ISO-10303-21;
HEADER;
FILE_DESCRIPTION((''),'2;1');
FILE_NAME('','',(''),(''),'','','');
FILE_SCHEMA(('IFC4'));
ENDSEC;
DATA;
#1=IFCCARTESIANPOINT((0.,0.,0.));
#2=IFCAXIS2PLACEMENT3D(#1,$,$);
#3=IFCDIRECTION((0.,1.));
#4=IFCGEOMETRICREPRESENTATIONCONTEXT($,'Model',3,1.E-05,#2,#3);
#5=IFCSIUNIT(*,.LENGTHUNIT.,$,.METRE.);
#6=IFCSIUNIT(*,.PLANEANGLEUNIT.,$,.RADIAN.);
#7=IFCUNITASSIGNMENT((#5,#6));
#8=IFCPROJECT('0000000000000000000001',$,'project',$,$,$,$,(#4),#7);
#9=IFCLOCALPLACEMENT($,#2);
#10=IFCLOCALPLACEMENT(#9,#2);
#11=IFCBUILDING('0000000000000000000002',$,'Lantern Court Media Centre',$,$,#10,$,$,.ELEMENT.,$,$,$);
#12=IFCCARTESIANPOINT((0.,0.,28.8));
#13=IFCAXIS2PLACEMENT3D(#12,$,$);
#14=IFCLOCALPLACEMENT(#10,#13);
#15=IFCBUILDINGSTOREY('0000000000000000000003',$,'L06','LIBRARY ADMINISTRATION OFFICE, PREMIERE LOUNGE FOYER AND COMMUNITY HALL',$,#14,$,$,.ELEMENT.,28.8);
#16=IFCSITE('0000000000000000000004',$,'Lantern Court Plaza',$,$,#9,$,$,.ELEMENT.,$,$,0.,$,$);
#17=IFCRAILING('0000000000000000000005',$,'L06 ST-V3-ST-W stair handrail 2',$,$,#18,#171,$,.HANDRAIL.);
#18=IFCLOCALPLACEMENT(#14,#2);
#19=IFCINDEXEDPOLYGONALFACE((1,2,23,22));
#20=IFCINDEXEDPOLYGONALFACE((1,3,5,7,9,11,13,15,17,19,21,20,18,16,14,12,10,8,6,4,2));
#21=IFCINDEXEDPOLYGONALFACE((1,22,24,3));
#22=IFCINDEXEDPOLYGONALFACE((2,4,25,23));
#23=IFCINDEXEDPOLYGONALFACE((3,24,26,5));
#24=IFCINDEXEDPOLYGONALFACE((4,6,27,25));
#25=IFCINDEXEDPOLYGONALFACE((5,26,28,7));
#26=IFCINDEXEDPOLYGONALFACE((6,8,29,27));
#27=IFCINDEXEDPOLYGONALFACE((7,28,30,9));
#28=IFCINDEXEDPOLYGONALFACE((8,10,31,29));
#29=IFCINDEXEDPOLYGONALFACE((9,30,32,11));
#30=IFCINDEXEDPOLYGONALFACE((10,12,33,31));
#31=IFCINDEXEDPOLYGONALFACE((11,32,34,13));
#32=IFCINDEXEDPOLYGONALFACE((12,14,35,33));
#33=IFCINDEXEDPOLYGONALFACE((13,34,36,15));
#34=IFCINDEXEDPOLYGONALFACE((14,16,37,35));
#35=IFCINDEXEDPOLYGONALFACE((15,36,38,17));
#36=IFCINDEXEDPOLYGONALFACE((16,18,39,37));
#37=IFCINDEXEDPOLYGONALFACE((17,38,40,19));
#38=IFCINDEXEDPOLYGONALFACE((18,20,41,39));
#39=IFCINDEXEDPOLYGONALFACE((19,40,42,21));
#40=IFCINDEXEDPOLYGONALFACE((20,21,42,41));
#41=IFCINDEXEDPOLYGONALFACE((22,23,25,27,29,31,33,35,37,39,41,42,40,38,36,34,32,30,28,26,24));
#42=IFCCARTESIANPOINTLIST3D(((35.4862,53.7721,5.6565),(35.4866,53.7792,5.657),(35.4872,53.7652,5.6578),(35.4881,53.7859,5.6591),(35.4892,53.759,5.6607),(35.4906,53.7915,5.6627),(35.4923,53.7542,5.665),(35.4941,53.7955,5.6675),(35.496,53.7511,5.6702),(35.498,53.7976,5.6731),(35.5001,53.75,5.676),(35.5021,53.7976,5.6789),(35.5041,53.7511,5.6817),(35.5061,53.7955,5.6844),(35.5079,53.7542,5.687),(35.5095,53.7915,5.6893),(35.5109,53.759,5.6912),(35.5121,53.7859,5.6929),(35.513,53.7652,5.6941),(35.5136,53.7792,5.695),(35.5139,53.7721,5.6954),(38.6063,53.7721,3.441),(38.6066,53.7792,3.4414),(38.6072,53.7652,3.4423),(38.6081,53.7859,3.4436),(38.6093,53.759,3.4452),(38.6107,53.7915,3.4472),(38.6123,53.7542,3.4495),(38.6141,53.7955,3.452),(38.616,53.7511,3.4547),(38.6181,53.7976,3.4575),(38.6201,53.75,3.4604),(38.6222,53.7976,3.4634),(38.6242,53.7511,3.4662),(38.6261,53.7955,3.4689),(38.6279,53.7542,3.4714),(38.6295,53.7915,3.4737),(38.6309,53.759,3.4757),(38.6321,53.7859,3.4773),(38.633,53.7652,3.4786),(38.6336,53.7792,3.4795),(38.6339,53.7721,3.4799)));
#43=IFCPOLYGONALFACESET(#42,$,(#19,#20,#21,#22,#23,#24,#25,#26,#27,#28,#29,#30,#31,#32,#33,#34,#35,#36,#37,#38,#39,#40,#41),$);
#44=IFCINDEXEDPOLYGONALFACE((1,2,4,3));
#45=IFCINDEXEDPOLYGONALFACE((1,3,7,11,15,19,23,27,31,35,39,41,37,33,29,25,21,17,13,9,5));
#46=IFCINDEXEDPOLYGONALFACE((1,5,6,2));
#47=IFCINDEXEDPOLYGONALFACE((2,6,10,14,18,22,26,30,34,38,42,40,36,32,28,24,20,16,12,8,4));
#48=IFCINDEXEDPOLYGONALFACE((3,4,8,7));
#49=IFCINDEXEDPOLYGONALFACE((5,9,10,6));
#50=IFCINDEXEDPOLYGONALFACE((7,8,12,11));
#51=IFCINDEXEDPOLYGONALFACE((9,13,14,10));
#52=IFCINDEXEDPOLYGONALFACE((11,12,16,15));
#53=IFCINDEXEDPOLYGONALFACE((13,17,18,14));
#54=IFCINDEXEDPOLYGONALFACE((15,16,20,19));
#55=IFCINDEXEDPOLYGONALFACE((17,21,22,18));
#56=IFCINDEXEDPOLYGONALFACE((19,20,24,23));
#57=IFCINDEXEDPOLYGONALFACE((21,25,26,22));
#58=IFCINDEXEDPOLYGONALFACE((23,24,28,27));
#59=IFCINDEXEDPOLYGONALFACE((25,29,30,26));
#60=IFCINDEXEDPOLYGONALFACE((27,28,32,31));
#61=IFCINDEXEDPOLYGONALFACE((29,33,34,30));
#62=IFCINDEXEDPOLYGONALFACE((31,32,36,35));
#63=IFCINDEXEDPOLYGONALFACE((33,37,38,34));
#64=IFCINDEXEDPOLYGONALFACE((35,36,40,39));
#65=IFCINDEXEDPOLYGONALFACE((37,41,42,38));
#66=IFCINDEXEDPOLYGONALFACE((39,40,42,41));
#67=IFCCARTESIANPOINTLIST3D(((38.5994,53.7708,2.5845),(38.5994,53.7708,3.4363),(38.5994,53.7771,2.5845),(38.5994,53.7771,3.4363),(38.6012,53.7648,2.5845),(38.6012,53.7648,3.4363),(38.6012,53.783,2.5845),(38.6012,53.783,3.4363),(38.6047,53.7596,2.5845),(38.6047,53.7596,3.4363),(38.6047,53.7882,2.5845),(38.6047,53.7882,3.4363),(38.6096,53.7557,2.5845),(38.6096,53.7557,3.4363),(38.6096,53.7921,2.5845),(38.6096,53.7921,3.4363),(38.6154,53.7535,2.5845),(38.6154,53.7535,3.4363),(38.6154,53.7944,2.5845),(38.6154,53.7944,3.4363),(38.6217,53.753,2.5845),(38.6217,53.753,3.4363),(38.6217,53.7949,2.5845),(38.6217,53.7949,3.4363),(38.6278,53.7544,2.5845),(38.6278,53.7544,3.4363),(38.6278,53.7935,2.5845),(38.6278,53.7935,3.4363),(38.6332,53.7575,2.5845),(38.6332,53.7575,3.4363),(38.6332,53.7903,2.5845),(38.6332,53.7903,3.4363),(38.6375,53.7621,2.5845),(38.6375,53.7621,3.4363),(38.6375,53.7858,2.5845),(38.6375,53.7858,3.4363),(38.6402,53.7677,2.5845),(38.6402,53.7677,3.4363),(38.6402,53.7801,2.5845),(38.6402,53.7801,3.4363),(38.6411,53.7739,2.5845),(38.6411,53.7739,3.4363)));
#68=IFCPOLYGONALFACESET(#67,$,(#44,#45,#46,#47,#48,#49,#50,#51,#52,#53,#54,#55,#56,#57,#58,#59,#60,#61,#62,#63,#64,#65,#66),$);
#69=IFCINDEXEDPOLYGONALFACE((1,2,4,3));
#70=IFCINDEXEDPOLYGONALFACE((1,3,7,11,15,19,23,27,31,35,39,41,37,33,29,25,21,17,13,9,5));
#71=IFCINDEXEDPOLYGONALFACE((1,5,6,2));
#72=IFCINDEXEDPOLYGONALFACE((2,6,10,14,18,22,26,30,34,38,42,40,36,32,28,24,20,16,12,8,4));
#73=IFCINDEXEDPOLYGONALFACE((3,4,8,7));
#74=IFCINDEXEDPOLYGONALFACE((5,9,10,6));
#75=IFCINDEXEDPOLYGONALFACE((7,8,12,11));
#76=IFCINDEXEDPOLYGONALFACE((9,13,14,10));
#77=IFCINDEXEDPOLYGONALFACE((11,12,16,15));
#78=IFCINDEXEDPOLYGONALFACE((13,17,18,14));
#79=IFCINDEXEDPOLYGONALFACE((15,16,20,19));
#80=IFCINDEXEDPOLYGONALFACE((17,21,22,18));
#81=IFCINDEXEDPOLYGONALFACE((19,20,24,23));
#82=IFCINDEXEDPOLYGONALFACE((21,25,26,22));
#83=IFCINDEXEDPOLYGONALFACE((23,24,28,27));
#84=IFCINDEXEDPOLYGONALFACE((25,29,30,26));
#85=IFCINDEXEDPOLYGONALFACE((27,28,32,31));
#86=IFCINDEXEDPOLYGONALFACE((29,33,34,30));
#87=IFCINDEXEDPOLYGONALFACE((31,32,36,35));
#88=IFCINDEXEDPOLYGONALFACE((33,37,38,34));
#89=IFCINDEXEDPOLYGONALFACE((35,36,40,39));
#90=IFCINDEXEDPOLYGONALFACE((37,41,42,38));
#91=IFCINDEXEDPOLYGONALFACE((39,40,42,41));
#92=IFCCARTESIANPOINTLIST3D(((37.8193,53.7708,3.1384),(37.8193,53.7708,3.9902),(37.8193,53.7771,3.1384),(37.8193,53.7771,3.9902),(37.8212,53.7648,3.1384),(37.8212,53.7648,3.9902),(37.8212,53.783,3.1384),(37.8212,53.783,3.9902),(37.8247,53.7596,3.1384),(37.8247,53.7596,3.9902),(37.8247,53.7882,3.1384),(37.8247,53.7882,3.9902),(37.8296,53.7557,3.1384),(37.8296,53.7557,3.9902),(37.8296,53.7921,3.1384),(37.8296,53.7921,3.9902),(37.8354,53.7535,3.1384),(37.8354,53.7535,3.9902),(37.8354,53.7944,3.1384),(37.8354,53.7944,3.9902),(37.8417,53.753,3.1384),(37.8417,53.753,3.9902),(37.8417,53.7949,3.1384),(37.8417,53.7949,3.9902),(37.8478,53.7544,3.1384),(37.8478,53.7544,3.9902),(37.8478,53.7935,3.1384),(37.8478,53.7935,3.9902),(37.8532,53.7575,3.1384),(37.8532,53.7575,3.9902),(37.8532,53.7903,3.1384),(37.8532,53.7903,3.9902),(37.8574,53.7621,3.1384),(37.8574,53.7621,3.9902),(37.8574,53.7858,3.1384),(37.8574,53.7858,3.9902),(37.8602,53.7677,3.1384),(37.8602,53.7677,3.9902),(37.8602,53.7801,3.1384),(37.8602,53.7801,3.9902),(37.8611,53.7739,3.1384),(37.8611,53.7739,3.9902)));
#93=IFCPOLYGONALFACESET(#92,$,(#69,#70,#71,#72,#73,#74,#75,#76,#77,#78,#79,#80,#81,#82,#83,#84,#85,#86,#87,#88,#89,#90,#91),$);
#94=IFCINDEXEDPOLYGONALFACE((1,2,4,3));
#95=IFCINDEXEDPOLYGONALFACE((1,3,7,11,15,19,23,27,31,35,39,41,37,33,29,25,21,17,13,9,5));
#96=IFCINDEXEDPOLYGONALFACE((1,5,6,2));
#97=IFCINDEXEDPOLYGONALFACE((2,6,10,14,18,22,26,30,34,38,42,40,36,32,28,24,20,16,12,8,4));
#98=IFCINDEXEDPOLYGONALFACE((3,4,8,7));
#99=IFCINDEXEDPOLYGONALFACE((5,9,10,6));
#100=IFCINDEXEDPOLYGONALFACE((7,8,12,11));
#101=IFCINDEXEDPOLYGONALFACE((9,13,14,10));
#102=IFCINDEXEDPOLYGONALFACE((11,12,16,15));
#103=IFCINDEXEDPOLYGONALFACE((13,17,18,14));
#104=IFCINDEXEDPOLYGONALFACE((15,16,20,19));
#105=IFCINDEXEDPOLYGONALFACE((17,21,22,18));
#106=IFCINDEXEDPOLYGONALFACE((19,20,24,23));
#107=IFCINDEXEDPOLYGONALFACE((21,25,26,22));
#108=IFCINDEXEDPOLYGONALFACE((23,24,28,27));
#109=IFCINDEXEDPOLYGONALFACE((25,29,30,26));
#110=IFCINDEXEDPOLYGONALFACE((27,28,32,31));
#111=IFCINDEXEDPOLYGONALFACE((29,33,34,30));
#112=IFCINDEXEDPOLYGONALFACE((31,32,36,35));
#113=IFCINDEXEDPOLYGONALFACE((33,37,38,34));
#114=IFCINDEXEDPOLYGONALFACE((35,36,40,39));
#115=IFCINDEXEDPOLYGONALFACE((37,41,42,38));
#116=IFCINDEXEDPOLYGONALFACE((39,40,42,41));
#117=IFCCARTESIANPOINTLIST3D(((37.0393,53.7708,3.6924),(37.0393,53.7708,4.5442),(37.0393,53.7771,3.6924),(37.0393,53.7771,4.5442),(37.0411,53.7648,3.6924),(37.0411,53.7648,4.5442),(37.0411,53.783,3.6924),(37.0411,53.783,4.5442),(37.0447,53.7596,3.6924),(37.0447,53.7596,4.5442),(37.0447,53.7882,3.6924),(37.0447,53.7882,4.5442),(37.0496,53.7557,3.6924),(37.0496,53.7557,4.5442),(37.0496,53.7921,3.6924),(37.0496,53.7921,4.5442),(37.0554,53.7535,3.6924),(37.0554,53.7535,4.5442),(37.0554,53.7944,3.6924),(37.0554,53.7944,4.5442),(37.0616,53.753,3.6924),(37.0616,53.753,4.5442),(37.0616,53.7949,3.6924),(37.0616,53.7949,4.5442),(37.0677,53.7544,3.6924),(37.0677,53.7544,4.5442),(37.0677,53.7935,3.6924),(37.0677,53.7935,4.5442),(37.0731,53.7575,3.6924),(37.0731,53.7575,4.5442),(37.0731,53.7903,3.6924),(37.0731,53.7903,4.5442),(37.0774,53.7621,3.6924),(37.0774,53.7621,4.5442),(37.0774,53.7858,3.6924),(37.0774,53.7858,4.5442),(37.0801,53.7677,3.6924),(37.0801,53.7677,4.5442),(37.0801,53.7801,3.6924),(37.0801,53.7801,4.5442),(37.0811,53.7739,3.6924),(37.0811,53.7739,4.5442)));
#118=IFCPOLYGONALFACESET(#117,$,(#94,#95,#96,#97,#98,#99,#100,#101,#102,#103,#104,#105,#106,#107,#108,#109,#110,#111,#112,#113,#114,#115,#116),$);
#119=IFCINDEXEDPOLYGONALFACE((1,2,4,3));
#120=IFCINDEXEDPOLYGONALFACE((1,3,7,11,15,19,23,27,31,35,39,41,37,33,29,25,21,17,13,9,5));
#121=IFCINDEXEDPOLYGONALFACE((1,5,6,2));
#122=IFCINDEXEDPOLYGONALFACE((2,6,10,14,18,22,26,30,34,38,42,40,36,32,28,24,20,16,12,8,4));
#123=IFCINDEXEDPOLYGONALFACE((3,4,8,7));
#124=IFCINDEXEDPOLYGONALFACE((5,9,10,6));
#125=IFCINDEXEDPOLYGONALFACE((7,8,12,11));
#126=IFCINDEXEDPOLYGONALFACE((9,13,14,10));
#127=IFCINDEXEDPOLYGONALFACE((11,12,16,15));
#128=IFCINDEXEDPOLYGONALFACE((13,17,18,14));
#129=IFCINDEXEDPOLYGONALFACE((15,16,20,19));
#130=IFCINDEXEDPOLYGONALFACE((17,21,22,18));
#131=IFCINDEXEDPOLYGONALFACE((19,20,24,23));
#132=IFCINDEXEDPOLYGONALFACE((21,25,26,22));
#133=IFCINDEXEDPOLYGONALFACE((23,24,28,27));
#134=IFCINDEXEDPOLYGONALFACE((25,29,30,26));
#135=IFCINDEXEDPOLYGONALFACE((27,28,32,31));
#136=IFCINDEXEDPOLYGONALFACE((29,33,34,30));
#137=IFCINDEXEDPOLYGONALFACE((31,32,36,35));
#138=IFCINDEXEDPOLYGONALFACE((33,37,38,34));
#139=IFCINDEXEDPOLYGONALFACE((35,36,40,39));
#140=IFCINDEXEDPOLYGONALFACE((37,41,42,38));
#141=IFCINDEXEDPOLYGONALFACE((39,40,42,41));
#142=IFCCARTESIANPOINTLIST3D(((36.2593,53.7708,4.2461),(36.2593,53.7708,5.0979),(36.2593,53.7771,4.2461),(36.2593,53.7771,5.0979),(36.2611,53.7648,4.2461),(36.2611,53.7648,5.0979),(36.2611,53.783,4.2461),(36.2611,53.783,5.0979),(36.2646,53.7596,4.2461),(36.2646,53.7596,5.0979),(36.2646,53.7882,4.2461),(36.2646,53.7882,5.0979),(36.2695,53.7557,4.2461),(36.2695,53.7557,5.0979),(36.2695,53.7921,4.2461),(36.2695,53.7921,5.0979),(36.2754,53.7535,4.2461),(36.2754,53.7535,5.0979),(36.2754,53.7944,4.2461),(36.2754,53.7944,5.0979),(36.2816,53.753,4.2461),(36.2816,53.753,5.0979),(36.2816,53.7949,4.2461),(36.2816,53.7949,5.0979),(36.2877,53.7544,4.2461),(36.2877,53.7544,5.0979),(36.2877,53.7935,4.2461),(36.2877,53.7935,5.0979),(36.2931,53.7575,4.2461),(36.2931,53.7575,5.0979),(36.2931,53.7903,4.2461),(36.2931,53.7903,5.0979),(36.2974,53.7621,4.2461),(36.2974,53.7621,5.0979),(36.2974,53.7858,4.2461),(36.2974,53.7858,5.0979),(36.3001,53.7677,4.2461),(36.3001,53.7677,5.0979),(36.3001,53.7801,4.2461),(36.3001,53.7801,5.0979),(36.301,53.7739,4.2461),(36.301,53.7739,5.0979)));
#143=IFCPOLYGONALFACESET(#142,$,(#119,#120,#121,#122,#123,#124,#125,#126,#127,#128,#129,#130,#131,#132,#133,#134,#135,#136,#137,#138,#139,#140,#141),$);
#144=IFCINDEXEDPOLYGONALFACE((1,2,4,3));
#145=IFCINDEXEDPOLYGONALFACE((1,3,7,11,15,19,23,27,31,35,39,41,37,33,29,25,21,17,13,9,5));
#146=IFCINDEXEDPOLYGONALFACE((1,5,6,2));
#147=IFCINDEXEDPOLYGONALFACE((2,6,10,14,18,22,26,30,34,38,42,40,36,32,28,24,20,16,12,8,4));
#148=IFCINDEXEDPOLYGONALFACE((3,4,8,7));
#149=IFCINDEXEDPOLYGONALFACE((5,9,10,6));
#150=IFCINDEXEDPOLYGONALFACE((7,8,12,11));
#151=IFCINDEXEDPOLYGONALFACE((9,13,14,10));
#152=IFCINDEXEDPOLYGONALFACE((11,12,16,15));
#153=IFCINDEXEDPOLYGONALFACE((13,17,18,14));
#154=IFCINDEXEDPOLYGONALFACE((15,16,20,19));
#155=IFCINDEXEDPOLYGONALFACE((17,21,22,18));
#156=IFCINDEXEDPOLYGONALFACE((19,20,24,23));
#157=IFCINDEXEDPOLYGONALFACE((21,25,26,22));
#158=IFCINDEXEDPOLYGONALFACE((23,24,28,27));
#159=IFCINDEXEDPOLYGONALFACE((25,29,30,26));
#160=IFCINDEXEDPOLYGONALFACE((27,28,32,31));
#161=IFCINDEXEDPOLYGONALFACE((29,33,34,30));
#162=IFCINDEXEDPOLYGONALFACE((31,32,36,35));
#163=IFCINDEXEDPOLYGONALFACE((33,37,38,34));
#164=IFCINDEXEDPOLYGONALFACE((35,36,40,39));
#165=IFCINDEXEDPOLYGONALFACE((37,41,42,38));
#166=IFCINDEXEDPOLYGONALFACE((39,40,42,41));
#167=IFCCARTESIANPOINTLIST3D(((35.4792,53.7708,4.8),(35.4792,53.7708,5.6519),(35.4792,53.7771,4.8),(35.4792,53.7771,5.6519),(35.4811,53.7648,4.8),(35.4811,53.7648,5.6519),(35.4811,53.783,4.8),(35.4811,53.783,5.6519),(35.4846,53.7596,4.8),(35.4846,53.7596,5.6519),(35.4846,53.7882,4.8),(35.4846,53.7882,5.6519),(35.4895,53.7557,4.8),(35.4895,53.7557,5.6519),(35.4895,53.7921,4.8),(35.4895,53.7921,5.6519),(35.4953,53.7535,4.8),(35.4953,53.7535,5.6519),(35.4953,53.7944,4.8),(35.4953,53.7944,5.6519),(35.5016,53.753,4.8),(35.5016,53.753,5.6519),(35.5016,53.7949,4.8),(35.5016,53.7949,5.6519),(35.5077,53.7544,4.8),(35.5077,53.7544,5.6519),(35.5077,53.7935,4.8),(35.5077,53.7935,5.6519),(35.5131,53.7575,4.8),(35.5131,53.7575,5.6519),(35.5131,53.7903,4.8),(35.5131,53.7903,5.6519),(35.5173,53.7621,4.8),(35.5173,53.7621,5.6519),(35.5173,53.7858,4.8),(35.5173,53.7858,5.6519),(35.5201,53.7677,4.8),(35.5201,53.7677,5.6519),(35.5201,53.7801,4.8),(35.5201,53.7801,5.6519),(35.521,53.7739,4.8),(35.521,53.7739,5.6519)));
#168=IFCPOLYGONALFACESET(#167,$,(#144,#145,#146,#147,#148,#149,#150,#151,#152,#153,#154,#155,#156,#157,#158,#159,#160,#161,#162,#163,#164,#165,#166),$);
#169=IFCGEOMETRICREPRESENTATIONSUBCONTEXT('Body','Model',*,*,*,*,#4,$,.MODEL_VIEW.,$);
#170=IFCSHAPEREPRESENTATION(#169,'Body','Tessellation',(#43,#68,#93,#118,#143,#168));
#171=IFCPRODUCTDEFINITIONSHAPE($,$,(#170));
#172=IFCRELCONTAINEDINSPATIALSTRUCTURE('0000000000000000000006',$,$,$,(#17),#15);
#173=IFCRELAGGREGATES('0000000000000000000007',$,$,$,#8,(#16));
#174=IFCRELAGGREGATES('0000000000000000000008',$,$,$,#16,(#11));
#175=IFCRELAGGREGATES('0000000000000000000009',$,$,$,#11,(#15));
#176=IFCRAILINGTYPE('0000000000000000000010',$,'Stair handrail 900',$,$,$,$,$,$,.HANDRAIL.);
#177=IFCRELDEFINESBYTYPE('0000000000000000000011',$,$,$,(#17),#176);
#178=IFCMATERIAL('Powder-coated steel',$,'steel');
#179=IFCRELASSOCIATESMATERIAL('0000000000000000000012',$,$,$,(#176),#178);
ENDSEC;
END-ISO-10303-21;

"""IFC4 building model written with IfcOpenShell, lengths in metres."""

from ifc_helpers import new_model, si_unit, direction, frame, origin, origin_2d, place, context, subcontext, project, spatial, circle, extrude, material, type_object, element, save


model = new_model("IFC4")

# Units and contexts
model_context = context("Model", 3, precision=1e-05, world=origin(), true_north=direction((0.0, 1.0)))
body_context = subcontext(model_context, "Body", "Model", "MODEL_VIEW")
ifc_project = project(units=[si_unit("LENGTHUNIT", "METRE"), si_unit("PLANEANGLEUNIT", "RADIAN")], contexts=[model_context])

# Site, building, storey
site_placement = place(None, origin())
site = spatial("IfcSite", under=ifc_project, at=site_placement, Name="Lantern Court Plaza", CompositionType="ELEMENT", RefElevation=0.0)
building_placement = place(site_placement, origin())
building = spatial("IfcBuilding", under=site, at=building_placement, Name="Lantern Court Media Centre", CompositionType="ELEMENT")
storey_placement = place(building_placement, frame((0.0, 0.0, 28.8)))
storey = spatial("IfcBuildingStorey", under=building, at=storey_placement, Name="L06", Description="LIBRARY ADMINISTRATION OFFICE, PREMIERE LOUNGE FOYER AND COMMUNITY HALL", CompositionType="ELEMENT", Elevation=28.8)

# Railing
ifc_material_1 = material(Name="Powder-coated steel", Category="steel")
railing_type_1 = type_object("IfcRailingType", Name="Stair handrail 900", PredefinedType="HANDRAIL", material=ifc_material_1)
railing_1_placement = place(storey_placement, frame((38.6201, 53.7739, 2.5845)))
element("IfcRailing", 1, at=railing_1_placement, inside=storey, type_object=railing_type_1, Name="L06 ST-V3-ST-W stair handrail 2", PredefinedType="HANDRAIL", context=body_context, shape_type="SweptSolid", body=[
    extrude(circle(Radius=0.0239, at=origin_2d()), frame((0.0, 0.0, 0.876), z_axis=(-0.815347, 0.0, 0.578973), x_axis=(0.0, -1.0, 0.0)), (0.0, 0.0, 1.0), 3.8267),
    extrude(circle(Radius=0.021, at=origin_2d()), origin(), (0.0, 0.0, 1.0), 0.8518),
    extrude(circle(Radius=0.021, at=origin_2d()), frame((-0.78, 0.0, 0.554)), (0.0, 0.0, 1.0), 0.8518),
    extrude(circle(Radius=0.021, at=origin_2d()), frame((-1.5601, 0.0, 1.1079)), (0.0, 0.0, 1.0), 0.8518),
    extrude(circle(Radius=0.021, at=origin_2d()), frame((-2.3401, 0.0, 1.6616)), (0.0, 0.0, 1.0), 0.8518),
    extrude(circle(Radius=0.021, at=origin_2d()), frame((-3.1201, 0.0, 2.2156)), (0.0, 0.0, 1.0), 0.8518),
])

save(model, "model.ifc")
